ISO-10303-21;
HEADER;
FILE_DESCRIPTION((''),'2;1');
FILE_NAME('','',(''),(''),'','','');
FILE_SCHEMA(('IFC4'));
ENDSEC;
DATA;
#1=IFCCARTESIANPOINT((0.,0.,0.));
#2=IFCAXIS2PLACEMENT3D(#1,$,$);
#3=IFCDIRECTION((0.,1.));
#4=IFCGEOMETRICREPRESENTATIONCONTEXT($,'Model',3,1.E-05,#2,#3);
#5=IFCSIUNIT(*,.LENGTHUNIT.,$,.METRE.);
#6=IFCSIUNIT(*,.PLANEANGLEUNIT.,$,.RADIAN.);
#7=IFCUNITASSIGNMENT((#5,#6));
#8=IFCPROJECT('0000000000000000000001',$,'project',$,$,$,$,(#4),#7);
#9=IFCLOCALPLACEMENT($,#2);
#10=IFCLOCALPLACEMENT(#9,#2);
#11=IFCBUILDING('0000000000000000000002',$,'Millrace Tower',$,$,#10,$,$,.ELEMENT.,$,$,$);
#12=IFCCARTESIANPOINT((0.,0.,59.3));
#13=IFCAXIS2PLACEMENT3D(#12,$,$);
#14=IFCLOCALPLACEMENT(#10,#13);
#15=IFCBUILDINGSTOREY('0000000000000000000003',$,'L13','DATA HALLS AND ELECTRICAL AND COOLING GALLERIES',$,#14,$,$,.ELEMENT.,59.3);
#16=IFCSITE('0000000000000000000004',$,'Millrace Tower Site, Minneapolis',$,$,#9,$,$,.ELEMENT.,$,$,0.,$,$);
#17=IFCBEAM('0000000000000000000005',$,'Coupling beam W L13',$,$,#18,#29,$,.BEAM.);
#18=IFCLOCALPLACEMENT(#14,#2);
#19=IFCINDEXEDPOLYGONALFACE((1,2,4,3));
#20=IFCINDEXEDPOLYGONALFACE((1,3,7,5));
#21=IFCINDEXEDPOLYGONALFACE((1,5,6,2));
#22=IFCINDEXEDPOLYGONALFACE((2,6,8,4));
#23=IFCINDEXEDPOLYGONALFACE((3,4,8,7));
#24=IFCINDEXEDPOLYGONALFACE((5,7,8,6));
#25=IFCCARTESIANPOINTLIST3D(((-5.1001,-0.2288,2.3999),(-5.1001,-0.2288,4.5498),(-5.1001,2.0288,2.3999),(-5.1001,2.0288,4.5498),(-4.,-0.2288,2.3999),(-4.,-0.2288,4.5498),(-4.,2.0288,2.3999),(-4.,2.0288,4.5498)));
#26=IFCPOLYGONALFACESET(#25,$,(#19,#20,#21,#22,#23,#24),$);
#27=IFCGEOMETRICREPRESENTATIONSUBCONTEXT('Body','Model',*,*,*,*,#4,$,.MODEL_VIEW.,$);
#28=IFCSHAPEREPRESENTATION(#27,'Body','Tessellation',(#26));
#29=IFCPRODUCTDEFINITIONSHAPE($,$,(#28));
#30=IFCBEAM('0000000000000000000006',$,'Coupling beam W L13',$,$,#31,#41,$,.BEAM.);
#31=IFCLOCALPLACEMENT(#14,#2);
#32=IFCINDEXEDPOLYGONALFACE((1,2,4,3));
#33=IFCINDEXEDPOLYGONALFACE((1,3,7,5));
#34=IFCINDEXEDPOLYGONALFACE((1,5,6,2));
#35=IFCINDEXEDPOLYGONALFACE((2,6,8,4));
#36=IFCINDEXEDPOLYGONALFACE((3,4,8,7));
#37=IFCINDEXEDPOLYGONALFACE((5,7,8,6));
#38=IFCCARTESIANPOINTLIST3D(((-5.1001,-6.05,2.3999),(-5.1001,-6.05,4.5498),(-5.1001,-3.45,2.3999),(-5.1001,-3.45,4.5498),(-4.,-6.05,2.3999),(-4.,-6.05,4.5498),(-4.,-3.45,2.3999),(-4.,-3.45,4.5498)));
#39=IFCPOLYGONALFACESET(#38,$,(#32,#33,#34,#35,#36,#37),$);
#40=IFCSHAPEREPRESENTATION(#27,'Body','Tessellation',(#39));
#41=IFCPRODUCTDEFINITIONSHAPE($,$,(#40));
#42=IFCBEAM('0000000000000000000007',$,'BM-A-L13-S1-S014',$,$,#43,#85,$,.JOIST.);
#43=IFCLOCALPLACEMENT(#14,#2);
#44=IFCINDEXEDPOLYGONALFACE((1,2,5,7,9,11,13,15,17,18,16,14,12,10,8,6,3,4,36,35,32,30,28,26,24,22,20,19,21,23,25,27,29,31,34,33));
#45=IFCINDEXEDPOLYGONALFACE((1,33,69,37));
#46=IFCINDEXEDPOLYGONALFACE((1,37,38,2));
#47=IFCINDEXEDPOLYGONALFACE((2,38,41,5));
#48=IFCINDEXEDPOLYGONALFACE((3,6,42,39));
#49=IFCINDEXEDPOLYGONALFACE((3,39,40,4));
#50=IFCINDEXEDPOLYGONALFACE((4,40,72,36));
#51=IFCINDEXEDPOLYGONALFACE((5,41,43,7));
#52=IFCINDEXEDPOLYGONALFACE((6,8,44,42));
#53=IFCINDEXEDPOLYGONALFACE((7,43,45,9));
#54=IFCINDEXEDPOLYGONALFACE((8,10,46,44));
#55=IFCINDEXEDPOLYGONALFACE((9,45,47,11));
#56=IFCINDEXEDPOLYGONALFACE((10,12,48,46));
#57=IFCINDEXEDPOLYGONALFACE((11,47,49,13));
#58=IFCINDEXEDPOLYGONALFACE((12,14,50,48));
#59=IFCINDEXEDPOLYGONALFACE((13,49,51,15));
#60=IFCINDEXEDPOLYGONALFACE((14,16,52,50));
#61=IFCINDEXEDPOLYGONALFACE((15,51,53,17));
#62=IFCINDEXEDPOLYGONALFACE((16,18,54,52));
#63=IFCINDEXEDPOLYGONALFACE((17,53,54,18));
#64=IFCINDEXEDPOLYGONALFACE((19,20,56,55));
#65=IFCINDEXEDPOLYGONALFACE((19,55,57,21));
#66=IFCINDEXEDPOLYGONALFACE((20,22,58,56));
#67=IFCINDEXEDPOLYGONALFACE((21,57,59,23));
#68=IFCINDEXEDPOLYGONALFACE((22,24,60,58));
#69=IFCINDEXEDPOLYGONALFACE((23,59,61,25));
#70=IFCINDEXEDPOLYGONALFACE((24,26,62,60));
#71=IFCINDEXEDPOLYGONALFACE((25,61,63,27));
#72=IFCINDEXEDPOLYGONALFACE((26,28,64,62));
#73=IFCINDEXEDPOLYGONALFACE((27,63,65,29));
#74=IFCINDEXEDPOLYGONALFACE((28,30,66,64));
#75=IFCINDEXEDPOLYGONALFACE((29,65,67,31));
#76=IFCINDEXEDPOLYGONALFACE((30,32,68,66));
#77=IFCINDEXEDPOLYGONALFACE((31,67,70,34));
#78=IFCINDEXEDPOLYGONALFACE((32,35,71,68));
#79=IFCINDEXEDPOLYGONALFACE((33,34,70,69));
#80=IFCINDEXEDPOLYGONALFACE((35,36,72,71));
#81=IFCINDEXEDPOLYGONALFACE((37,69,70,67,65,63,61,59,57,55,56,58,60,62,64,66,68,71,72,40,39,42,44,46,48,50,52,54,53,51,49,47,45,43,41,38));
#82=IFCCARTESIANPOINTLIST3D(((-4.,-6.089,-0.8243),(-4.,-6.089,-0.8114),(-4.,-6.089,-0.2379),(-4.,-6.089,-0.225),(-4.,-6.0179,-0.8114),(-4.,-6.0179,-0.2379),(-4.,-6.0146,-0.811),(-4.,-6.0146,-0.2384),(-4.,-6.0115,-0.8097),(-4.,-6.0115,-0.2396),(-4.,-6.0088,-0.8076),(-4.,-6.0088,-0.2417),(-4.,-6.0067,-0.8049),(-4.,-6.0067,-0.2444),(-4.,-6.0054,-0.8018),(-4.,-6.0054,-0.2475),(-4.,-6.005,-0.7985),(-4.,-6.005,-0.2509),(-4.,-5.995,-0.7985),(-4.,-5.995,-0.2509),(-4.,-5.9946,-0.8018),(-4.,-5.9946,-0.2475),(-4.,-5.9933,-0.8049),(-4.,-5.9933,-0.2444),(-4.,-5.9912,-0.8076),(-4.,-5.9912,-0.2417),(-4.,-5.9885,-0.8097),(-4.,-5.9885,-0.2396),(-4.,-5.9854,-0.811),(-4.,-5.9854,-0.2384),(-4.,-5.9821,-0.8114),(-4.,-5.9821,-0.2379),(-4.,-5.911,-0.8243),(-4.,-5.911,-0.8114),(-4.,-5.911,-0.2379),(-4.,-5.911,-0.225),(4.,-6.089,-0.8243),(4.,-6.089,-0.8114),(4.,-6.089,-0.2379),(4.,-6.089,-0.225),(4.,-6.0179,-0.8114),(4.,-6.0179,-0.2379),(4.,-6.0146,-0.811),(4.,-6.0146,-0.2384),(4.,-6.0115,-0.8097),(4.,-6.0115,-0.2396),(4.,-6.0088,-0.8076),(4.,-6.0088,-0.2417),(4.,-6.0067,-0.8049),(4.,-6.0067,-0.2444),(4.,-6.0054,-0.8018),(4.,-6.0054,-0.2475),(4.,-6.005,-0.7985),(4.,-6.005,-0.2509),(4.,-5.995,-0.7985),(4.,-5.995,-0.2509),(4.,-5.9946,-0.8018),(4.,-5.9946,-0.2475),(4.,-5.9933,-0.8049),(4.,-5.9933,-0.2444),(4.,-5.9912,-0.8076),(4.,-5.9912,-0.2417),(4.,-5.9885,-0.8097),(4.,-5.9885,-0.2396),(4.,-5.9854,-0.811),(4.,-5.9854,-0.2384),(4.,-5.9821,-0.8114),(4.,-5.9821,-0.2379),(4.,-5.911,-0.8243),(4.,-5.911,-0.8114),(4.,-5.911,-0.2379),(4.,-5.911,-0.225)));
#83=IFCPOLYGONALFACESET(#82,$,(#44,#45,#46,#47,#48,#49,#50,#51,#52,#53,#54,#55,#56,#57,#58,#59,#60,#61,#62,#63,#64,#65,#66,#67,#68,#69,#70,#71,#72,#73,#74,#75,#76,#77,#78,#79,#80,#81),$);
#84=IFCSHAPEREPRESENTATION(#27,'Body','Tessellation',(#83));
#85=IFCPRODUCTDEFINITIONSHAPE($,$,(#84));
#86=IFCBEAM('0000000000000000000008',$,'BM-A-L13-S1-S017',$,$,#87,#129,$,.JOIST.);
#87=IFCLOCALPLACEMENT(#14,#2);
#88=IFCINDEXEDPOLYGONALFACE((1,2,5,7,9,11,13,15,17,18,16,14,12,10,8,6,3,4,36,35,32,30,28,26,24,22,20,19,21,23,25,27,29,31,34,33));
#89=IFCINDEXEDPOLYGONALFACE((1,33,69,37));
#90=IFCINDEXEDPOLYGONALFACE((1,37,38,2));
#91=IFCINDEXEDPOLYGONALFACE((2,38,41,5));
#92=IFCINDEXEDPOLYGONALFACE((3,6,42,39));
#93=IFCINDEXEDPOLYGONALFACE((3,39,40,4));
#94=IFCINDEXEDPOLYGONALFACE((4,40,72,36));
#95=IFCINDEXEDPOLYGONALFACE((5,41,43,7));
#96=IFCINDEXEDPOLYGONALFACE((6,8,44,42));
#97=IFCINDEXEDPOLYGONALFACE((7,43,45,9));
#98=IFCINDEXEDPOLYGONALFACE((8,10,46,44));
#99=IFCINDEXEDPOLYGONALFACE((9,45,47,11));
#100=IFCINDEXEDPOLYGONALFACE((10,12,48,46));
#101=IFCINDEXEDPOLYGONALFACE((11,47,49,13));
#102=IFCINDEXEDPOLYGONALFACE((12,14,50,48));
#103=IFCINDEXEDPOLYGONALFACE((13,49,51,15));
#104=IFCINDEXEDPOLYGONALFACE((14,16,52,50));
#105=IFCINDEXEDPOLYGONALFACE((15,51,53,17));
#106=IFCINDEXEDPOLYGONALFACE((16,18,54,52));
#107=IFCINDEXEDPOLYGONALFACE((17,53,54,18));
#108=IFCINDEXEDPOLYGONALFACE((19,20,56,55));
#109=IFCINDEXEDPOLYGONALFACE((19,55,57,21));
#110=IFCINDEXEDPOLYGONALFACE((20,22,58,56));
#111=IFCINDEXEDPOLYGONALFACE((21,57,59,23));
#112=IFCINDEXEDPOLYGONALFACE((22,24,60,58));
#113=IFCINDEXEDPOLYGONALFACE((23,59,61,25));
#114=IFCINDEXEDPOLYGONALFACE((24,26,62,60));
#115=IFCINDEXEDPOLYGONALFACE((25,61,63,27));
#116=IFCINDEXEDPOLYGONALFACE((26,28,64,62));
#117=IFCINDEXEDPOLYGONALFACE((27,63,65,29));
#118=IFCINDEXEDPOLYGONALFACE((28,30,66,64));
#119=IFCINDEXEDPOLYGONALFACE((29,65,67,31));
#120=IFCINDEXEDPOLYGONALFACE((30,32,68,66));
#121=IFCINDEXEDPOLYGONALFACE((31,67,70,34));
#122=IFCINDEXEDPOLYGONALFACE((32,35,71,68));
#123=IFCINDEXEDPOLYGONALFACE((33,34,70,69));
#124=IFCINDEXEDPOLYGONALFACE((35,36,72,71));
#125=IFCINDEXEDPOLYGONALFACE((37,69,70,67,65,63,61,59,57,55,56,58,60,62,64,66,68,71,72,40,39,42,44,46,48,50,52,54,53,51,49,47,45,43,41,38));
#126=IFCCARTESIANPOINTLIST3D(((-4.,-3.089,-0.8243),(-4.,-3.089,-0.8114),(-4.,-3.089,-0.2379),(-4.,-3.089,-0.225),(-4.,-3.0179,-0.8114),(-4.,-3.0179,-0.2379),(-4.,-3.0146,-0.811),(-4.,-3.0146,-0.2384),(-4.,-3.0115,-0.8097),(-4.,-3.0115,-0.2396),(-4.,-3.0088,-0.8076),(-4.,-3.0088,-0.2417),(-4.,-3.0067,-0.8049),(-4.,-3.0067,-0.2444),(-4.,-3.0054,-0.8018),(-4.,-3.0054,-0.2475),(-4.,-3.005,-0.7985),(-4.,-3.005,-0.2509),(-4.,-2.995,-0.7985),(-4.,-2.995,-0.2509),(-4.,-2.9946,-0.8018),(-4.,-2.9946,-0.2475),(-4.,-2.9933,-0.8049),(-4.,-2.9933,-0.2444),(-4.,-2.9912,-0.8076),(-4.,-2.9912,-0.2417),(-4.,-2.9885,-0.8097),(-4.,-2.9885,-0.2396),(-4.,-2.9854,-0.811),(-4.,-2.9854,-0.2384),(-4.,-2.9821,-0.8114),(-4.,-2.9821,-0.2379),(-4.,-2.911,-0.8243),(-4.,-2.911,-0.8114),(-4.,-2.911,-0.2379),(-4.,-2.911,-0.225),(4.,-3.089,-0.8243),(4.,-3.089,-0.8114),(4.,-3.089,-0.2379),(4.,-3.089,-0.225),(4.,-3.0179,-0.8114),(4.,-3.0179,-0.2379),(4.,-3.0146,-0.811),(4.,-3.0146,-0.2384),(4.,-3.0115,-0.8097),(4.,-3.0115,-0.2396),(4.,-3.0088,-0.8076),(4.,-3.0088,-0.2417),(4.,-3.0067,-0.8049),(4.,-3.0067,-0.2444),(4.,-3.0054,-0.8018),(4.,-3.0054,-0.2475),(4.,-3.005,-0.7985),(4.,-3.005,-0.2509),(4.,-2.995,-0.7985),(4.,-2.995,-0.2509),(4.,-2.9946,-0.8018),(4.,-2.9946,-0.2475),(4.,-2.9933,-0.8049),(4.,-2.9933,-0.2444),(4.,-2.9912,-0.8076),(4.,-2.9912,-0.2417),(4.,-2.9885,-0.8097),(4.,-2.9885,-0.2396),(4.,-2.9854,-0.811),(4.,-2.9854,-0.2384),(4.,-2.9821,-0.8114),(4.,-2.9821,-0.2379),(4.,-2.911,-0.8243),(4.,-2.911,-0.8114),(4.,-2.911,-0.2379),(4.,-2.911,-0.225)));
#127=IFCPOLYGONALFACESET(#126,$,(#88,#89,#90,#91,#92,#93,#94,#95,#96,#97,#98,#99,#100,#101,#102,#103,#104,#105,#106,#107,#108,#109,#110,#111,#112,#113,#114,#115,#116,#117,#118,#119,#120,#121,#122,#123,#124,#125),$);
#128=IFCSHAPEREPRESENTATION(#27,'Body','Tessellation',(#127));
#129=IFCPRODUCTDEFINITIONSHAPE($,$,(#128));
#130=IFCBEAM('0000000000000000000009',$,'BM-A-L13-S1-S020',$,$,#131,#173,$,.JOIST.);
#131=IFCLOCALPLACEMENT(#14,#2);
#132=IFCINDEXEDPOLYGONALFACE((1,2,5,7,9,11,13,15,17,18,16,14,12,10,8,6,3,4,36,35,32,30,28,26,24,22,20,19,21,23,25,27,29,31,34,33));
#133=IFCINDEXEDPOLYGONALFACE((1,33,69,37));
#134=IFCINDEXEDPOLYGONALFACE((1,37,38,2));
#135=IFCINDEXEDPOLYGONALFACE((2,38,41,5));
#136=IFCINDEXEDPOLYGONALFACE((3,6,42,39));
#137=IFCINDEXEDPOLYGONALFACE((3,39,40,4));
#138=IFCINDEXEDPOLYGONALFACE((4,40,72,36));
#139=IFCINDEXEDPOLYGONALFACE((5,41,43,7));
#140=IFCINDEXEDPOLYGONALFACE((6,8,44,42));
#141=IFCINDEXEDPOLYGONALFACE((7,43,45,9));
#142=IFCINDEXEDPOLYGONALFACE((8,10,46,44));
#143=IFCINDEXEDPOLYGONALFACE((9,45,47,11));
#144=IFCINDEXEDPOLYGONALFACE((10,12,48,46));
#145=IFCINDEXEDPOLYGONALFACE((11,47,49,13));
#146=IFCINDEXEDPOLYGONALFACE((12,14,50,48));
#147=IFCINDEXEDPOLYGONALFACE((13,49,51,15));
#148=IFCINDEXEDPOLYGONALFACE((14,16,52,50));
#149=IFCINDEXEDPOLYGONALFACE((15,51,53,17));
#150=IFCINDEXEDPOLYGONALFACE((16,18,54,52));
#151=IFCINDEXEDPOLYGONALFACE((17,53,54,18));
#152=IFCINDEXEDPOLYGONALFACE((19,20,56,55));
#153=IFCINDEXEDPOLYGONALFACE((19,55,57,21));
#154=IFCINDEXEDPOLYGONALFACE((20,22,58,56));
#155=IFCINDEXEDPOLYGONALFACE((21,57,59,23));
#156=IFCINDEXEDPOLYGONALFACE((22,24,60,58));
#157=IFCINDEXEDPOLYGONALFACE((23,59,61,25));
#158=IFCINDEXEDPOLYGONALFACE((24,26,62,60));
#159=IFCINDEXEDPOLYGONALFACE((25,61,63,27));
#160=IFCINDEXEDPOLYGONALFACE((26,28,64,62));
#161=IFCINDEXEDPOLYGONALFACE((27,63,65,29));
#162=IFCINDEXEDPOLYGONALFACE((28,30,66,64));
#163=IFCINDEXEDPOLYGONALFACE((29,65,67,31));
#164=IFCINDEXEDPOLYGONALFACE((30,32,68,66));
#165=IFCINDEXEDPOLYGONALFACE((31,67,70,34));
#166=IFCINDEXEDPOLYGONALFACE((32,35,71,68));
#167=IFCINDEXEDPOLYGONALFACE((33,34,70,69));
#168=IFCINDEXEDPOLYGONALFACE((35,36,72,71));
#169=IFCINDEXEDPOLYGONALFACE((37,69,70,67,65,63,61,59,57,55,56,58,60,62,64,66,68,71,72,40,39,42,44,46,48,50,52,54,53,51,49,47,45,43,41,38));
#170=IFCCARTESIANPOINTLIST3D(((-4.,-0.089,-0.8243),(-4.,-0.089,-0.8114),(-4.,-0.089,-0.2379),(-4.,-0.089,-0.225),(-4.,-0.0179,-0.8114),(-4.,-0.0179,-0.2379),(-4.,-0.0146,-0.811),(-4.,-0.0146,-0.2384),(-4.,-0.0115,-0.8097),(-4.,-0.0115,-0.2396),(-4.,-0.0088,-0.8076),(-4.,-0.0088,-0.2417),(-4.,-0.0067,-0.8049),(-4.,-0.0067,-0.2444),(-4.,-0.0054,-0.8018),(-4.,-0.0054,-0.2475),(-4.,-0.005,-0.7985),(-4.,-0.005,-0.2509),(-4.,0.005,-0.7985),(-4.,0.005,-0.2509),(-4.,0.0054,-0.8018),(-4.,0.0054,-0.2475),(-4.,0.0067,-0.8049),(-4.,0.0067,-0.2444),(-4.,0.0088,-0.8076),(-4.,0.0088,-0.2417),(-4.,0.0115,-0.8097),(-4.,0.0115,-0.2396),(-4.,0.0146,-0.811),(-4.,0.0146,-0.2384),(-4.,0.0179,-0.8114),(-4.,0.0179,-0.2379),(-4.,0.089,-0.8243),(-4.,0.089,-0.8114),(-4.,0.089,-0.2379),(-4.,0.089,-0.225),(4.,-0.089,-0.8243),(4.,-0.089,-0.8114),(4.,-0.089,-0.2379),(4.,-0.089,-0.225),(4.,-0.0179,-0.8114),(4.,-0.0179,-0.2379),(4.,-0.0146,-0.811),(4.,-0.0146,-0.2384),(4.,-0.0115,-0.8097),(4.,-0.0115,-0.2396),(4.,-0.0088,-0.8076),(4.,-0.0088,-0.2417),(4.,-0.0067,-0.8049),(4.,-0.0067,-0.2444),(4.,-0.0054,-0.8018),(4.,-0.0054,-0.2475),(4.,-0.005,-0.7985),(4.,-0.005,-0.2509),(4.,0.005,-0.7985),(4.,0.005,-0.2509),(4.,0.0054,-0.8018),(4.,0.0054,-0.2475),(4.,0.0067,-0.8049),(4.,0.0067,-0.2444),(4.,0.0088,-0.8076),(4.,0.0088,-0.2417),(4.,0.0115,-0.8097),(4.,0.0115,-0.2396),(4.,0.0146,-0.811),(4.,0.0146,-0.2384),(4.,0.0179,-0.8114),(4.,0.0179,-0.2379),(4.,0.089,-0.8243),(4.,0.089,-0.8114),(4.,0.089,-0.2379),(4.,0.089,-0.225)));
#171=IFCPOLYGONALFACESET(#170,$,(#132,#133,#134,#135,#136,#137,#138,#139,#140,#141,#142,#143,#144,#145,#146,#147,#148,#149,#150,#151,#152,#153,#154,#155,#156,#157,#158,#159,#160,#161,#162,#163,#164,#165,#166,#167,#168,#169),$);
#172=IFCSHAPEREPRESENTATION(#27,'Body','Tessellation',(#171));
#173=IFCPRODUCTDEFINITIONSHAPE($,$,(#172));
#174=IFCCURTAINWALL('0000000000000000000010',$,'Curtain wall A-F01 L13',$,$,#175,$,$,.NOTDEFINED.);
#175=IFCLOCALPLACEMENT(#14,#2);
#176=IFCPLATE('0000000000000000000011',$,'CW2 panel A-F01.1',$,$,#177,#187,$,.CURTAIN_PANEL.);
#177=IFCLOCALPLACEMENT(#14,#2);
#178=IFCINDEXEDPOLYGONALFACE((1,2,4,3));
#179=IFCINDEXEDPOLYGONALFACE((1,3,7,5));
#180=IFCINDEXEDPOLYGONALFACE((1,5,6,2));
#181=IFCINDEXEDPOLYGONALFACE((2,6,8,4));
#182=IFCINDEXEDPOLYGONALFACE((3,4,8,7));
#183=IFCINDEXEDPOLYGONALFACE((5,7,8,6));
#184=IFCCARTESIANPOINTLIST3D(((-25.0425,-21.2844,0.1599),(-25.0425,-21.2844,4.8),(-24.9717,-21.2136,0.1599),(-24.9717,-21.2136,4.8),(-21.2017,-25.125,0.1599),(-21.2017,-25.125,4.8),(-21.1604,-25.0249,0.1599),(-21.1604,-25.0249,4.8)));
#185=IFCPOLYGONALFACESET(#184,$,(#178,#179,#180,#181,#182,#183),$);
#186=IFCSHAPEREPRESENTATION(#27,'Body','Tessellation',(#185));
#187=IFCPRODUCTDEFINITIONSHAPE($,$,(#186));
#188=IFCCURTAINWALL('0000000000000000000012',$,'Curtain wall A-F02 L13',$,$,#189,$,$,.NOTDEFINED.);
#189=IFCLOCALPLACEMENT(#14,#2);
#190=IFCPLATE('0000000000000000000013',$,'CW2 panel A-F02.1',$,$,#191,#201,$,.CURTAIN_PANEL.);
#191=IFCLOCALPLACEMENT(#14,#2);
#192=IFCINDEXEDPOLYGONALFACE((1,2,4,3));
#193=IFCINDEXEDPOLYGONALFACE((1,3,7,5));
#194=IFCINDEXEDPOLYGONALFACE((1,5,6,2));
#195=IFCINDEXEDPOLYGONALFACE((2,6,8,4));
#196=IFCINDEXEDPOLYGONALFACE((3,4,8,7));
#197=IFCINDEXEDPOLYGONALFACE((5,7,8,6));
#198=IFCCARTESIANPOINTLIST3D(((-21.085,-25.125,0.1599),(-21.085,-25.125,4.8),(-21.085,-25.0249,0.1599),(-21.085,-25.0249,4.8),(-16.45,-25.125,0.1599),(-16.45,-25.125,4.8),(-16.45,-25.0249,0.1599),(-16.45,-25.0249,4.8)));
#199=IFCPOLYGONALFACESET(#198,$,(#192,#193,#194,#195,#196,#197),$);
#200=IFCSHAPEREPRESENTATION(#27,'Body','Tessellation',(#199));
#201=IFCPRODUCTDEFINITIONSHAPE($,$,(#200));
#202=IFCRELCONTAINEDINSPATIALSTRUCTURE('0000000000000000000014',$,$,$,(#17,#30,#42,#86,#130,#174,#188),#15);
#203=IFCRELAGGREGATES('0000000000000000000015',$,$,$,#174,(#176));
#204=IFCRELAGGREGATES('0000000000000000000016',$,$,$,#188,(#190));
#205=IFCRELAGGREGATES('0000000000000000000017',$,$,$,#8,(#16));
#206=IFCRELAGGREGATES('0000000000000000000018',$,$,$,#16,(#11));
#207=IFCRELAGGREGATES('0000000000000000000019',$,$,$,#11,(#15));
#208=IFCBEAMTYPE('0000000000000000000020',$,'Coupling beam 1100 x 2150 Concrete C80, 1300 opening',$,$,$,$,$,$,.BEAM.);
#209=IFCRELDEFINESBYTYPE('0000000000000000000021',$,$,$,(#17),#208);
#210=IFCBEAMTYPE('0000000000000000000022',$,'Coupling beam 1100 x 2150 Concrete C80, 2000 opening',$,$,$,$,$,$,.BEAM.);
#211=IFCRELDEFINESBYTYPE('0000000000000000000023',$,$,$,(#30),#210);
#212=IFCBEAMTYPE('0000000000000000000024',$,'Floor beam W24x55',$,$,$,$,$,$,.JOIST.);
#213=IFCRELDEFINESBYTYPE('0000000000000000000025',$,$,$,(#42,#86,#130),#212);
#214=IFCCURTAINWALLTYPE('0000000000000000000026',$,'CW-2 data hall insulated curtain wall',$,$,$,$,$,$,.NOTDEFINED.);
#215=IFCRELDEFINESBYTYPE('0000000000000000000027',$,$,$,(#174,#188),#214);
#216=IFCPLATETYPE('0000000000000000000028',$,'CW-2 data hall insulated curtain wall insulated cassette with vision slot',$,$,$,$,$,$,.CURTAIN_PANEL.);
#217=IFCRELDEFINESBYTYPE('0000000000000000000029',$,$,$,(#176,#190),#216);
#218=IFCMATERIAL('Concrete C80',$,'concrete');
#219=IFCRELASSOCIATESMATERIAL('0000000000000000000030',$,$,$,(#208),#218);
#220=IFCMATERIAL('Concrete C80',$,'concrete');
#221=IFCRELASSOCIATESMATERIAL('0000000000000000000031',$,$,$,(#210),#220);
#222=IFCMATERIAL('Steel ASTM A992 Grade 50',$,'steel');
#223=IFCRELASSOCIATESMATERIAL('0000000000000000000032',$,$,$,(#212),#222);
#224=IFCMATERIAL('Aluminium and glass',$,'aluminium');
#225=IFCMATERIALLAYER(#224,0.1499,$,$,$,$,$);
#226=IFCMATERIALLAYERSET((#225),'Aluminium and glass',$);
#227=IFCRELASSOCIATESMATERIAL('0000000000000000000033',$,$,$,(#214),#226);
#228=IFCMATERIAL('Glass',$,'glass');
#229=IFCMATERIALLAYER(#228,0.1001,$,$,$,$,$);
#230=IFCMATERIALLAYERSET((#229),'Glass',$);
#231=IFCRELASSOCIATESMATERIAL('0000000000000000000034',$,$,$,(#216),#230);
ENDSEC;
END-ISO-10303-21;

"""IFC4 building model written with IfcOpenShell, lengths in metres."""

from ifc_helpers import new_model, si_unit, direction, frame, origin, origin_2d, place, context, subcontext, project, spatial, polyline, rectangle, i_section, outline, extrude, material, layer, layer_set, material_profile, profile_set, type_object, element, aggregate, save


model = new_model("IFC4")

# Units and contexts
model_context = context("Model", 3, precision=1e-05, world=origin(), true_north=direction((0.0, 1.0)))
body_context = subcontext(model_context, "Body", "Model", "MODEL_VIEW")
ifc_project = project(units=[si_unit("LENGTHUNIT", "METRE"), si_unit("PLANEANGLEUNIT", "RADIAN")], contexts=[model_context])

# Site, building, storey
site_placement = place(None, origin())
site = spatial("IfcSite", under=ifc_project, at=site_placement, Name="Millrace Tower Site, Minneapolis", CompositionType="ELEMENT", RefElevation=0.0)
building_placement = place(site_placement, origin())
building = spatial("IfcBuilding", under=site, at=building_placement, Name="Millrace Tower", CompositionType="ELEMENT")
storey_placement = place(building_placement, frame((0.0, 0.0, 59.3)))
storey = spatial("IfcBuildingStorey", under=building, at=storey_placement, Name="L13", Description="DATA HALLS AND ELECTRICAL AND COOLING GALLERIES", CompositionType="ELEMENT", Elevation=59.3)

# Beams
ifc_material_1 = material(Name="Concrete C80", Category="concrete")
ifc_material_profile_1 = material_profile(ifc_material_1, rectangle(XDim=1.1001, YDim=2.1499, at=origin_2d()))
ifc_profile_set_1 = profile_set([ifc_material_profile_1], Name="Concrete C80")
beam_type_1 = type_object("IfcBeamType", Name="Coupling beam 1100 x 2150 Concrete C80, 1300 opening", PredefinedType="BEAM", material=ifc_profile_set_1)
beam_1_placement = place(storey_placement, frame((-4.55, -0.2288, 3.4749), z_axis=(0.0, 1.0, 0.0), x_axis=(-1.0, 0.0, 0.0)))
element("IfcBeam", 1, at=beam_1_placement, inside=storey, type_object=beam_type_1, Name="Coupling beam W L13", PredefinedType="BEAM", context=body_context, shape_type="SweptSolid", body=[
    extrude(rectangle(XDim=1.1001, YDim=2.1499, at=origin_2d()), origin(), (0.0, 0.0, 1.0), 2.2576),
])
ifc_material_2 = material(Name="Concrete C80", Category="concrete")
ifc_material_profile_2 = material_profile(ifc_material_2, rectangle(XDim=1.1001, YDim=2.1499, at=origin_2d()))
ifc_profile_set_2 = profile_set([ifc_material_profile_2], Name="Concrete C80")
beam_type_2 = type_object("IfcBeamType", Name="Coupling beam 1100 x 2150 Concrete C80, 2000 opening", PredefinedType="BEAM", material=ifc_profile_set_2)
beam_2_placement = place(storey_placement, frame((-4.55, -6.05, 3.4749), z_axis=(0.0, 1.0, 0.0), x_axis=(-1.0, 0.0, 0.0)))
element("IfcBeam", 2, at=beam_2_placement, inside=storey, type_object=beam_type_2, Name="Coupling beam W L13", PredefinedType="BEAM", context=body_context, shape_type="SweptSolid", body=[
    extrude(rectangle(XDim=1.1001, YDim=2.1499, at=origin_2d()), origin(), (0.0, 0.0, 1.0), 2.6001),
])
ifc_material_3 = material(Name="Steel ASTM A992 Grade 50", Category="steel")
ifc_material_profile_3 = material_profile(ifc_material_3, i_section(OverallWidth=0.178, OverallDepth=0.5994, WebThickness=0.01, FlangeThickness=0.0129, FilletRadius=0.0129, at=origin_2d()))
ifc_profile_set_3 = profile_set([ifc_material_profile_3], Name="Steel ASTM A992 Grade 50")
beam_type_3 = type_object("IfcBeamType", Name="Floor beam W24x55", PredefinedType="JOIST", material=ifc_profile_set_3)
for number, where, z_axis, x_axis, name in (
    (3, (-4.0, -6.0, -0.5247), (1.0, 0.0, 0.0), (0.0, 1.0, 0.0), "BM-A-L13-S1-S014"),
    (4, (-4.0, -3.0, -0.5247), (1.0, 0.0, 0.0), (0.0, 1.0, 0.0), "BM-A-L13-S1-S017"),
    (5, (-4.0, 0.0, -0.5247), (1.0, 0.0, 0.0), (0.0, 1.0, 0.0), "BM-A-L13-S1-S020"),
):
    element("IfcBeam", number, at=place(storey_placement, frame(where, z_axis=z_axis, x_axis=x_axis)), inside=storey, type_object=beam_type_3, Name=name, PredefinedType="JOIST", context=body_context, shape_type="SweptSolid", body=[
        extrude(i_section(OverallWidth=0.178, OverallDepth=0.5994, WebThickness=0.01, FlangeThickness=0.0129, FilletRadius=0.0129, at=origin_2d()), origin(), (0.0, 0.0, 1.0), 8.0),
    ])

# Curtain wall, plate
ifc_material_4 = material(Name="Aluminium and glass", Category="aluminium")
ifc_layer_1 = layer(ifc_material_4, 0.1499)
ifc_layer_set_1 = layer_set([ifc_layer_1], Name="Aluminium and glass")
curtain_wall_type = type_object("IfcCurtainWallType", Name="CW-2 data hall insulated curtain wall", PredefinedType="NOTDEFINED", material=ifc_layer_set_1)
placement_1 = place(storey_placement, origin())
curtain_wall_1 = element("IfcCurtainWall", 6, at=placement_1, inside=storey, type_object=curtain_wall_type, Name="Curtain wall A-F01 L13", PredefinedType="NOTDEFINED")
ifc_material_5 = material(Name="Glass", Category="glass")
ifc_layer_2 = layer(ifc_material_5, 0.1001)
ifc_layer_set_2 = layer_set([ifc_layer_2], Name="Glass")
plate_type = type_object("IfcPlateType", Name="CW-2 data hall insulated curtain wall insulated cassette with vision slot", PredefinedType="CURTAIN_PANEL", material=ifc_layer_set_2)
placement_2 = place(storey_placement, frame((0.0, 0.0, 0.1599)))
plate_1 = element("IfcPlate", 7, at=placement_2, type_object=plate_type, Name="CW2 panel A-F01.1", PredefinedType="CURTAIN_PANEL", context=body_context, shape_type="SweptSolid", body=[
    extrude(outline(polyline([(-25.0425, -21.2844), (-21.2017, -25.125), (-21.1604, -25.0249), (-24.9717, -21.2136), (-25.0425, -21.2844)])), origin(), (0.0, 0.0, 1.0), 4.6401),
])
aggregate(curtain_wall_1, [plate_1])

# Curtain wall, plate
curtain_wall_2 = element("IfcCurtainWall", 8, at=placement_1, inside=storey, type_object=curtain_wall_type, Name="Curtain wall A-F02 L13", PredefinedType="NOTDEFINED")
plate_2 = element("IfcPlate", 9, at=placement_2, type_object=plate_type, Name="CW2 panel A-F02.1", PredefinedType="CURTAIN_PANEL", context=body_context, shape_type="SweptSolid", body=[
    extrude(outline(polyline([(-21.085, -25.125), (-16.45, -25.125), (-16.45, -25.0249), (-21.085, -25.0249), (-21.085, -25.125)])), origin(), (0.0, 0.0, 1.0), 4.6401),
])
aggregate(curtain_wall_2, [plate_2])

save(model, "model.ifc")
